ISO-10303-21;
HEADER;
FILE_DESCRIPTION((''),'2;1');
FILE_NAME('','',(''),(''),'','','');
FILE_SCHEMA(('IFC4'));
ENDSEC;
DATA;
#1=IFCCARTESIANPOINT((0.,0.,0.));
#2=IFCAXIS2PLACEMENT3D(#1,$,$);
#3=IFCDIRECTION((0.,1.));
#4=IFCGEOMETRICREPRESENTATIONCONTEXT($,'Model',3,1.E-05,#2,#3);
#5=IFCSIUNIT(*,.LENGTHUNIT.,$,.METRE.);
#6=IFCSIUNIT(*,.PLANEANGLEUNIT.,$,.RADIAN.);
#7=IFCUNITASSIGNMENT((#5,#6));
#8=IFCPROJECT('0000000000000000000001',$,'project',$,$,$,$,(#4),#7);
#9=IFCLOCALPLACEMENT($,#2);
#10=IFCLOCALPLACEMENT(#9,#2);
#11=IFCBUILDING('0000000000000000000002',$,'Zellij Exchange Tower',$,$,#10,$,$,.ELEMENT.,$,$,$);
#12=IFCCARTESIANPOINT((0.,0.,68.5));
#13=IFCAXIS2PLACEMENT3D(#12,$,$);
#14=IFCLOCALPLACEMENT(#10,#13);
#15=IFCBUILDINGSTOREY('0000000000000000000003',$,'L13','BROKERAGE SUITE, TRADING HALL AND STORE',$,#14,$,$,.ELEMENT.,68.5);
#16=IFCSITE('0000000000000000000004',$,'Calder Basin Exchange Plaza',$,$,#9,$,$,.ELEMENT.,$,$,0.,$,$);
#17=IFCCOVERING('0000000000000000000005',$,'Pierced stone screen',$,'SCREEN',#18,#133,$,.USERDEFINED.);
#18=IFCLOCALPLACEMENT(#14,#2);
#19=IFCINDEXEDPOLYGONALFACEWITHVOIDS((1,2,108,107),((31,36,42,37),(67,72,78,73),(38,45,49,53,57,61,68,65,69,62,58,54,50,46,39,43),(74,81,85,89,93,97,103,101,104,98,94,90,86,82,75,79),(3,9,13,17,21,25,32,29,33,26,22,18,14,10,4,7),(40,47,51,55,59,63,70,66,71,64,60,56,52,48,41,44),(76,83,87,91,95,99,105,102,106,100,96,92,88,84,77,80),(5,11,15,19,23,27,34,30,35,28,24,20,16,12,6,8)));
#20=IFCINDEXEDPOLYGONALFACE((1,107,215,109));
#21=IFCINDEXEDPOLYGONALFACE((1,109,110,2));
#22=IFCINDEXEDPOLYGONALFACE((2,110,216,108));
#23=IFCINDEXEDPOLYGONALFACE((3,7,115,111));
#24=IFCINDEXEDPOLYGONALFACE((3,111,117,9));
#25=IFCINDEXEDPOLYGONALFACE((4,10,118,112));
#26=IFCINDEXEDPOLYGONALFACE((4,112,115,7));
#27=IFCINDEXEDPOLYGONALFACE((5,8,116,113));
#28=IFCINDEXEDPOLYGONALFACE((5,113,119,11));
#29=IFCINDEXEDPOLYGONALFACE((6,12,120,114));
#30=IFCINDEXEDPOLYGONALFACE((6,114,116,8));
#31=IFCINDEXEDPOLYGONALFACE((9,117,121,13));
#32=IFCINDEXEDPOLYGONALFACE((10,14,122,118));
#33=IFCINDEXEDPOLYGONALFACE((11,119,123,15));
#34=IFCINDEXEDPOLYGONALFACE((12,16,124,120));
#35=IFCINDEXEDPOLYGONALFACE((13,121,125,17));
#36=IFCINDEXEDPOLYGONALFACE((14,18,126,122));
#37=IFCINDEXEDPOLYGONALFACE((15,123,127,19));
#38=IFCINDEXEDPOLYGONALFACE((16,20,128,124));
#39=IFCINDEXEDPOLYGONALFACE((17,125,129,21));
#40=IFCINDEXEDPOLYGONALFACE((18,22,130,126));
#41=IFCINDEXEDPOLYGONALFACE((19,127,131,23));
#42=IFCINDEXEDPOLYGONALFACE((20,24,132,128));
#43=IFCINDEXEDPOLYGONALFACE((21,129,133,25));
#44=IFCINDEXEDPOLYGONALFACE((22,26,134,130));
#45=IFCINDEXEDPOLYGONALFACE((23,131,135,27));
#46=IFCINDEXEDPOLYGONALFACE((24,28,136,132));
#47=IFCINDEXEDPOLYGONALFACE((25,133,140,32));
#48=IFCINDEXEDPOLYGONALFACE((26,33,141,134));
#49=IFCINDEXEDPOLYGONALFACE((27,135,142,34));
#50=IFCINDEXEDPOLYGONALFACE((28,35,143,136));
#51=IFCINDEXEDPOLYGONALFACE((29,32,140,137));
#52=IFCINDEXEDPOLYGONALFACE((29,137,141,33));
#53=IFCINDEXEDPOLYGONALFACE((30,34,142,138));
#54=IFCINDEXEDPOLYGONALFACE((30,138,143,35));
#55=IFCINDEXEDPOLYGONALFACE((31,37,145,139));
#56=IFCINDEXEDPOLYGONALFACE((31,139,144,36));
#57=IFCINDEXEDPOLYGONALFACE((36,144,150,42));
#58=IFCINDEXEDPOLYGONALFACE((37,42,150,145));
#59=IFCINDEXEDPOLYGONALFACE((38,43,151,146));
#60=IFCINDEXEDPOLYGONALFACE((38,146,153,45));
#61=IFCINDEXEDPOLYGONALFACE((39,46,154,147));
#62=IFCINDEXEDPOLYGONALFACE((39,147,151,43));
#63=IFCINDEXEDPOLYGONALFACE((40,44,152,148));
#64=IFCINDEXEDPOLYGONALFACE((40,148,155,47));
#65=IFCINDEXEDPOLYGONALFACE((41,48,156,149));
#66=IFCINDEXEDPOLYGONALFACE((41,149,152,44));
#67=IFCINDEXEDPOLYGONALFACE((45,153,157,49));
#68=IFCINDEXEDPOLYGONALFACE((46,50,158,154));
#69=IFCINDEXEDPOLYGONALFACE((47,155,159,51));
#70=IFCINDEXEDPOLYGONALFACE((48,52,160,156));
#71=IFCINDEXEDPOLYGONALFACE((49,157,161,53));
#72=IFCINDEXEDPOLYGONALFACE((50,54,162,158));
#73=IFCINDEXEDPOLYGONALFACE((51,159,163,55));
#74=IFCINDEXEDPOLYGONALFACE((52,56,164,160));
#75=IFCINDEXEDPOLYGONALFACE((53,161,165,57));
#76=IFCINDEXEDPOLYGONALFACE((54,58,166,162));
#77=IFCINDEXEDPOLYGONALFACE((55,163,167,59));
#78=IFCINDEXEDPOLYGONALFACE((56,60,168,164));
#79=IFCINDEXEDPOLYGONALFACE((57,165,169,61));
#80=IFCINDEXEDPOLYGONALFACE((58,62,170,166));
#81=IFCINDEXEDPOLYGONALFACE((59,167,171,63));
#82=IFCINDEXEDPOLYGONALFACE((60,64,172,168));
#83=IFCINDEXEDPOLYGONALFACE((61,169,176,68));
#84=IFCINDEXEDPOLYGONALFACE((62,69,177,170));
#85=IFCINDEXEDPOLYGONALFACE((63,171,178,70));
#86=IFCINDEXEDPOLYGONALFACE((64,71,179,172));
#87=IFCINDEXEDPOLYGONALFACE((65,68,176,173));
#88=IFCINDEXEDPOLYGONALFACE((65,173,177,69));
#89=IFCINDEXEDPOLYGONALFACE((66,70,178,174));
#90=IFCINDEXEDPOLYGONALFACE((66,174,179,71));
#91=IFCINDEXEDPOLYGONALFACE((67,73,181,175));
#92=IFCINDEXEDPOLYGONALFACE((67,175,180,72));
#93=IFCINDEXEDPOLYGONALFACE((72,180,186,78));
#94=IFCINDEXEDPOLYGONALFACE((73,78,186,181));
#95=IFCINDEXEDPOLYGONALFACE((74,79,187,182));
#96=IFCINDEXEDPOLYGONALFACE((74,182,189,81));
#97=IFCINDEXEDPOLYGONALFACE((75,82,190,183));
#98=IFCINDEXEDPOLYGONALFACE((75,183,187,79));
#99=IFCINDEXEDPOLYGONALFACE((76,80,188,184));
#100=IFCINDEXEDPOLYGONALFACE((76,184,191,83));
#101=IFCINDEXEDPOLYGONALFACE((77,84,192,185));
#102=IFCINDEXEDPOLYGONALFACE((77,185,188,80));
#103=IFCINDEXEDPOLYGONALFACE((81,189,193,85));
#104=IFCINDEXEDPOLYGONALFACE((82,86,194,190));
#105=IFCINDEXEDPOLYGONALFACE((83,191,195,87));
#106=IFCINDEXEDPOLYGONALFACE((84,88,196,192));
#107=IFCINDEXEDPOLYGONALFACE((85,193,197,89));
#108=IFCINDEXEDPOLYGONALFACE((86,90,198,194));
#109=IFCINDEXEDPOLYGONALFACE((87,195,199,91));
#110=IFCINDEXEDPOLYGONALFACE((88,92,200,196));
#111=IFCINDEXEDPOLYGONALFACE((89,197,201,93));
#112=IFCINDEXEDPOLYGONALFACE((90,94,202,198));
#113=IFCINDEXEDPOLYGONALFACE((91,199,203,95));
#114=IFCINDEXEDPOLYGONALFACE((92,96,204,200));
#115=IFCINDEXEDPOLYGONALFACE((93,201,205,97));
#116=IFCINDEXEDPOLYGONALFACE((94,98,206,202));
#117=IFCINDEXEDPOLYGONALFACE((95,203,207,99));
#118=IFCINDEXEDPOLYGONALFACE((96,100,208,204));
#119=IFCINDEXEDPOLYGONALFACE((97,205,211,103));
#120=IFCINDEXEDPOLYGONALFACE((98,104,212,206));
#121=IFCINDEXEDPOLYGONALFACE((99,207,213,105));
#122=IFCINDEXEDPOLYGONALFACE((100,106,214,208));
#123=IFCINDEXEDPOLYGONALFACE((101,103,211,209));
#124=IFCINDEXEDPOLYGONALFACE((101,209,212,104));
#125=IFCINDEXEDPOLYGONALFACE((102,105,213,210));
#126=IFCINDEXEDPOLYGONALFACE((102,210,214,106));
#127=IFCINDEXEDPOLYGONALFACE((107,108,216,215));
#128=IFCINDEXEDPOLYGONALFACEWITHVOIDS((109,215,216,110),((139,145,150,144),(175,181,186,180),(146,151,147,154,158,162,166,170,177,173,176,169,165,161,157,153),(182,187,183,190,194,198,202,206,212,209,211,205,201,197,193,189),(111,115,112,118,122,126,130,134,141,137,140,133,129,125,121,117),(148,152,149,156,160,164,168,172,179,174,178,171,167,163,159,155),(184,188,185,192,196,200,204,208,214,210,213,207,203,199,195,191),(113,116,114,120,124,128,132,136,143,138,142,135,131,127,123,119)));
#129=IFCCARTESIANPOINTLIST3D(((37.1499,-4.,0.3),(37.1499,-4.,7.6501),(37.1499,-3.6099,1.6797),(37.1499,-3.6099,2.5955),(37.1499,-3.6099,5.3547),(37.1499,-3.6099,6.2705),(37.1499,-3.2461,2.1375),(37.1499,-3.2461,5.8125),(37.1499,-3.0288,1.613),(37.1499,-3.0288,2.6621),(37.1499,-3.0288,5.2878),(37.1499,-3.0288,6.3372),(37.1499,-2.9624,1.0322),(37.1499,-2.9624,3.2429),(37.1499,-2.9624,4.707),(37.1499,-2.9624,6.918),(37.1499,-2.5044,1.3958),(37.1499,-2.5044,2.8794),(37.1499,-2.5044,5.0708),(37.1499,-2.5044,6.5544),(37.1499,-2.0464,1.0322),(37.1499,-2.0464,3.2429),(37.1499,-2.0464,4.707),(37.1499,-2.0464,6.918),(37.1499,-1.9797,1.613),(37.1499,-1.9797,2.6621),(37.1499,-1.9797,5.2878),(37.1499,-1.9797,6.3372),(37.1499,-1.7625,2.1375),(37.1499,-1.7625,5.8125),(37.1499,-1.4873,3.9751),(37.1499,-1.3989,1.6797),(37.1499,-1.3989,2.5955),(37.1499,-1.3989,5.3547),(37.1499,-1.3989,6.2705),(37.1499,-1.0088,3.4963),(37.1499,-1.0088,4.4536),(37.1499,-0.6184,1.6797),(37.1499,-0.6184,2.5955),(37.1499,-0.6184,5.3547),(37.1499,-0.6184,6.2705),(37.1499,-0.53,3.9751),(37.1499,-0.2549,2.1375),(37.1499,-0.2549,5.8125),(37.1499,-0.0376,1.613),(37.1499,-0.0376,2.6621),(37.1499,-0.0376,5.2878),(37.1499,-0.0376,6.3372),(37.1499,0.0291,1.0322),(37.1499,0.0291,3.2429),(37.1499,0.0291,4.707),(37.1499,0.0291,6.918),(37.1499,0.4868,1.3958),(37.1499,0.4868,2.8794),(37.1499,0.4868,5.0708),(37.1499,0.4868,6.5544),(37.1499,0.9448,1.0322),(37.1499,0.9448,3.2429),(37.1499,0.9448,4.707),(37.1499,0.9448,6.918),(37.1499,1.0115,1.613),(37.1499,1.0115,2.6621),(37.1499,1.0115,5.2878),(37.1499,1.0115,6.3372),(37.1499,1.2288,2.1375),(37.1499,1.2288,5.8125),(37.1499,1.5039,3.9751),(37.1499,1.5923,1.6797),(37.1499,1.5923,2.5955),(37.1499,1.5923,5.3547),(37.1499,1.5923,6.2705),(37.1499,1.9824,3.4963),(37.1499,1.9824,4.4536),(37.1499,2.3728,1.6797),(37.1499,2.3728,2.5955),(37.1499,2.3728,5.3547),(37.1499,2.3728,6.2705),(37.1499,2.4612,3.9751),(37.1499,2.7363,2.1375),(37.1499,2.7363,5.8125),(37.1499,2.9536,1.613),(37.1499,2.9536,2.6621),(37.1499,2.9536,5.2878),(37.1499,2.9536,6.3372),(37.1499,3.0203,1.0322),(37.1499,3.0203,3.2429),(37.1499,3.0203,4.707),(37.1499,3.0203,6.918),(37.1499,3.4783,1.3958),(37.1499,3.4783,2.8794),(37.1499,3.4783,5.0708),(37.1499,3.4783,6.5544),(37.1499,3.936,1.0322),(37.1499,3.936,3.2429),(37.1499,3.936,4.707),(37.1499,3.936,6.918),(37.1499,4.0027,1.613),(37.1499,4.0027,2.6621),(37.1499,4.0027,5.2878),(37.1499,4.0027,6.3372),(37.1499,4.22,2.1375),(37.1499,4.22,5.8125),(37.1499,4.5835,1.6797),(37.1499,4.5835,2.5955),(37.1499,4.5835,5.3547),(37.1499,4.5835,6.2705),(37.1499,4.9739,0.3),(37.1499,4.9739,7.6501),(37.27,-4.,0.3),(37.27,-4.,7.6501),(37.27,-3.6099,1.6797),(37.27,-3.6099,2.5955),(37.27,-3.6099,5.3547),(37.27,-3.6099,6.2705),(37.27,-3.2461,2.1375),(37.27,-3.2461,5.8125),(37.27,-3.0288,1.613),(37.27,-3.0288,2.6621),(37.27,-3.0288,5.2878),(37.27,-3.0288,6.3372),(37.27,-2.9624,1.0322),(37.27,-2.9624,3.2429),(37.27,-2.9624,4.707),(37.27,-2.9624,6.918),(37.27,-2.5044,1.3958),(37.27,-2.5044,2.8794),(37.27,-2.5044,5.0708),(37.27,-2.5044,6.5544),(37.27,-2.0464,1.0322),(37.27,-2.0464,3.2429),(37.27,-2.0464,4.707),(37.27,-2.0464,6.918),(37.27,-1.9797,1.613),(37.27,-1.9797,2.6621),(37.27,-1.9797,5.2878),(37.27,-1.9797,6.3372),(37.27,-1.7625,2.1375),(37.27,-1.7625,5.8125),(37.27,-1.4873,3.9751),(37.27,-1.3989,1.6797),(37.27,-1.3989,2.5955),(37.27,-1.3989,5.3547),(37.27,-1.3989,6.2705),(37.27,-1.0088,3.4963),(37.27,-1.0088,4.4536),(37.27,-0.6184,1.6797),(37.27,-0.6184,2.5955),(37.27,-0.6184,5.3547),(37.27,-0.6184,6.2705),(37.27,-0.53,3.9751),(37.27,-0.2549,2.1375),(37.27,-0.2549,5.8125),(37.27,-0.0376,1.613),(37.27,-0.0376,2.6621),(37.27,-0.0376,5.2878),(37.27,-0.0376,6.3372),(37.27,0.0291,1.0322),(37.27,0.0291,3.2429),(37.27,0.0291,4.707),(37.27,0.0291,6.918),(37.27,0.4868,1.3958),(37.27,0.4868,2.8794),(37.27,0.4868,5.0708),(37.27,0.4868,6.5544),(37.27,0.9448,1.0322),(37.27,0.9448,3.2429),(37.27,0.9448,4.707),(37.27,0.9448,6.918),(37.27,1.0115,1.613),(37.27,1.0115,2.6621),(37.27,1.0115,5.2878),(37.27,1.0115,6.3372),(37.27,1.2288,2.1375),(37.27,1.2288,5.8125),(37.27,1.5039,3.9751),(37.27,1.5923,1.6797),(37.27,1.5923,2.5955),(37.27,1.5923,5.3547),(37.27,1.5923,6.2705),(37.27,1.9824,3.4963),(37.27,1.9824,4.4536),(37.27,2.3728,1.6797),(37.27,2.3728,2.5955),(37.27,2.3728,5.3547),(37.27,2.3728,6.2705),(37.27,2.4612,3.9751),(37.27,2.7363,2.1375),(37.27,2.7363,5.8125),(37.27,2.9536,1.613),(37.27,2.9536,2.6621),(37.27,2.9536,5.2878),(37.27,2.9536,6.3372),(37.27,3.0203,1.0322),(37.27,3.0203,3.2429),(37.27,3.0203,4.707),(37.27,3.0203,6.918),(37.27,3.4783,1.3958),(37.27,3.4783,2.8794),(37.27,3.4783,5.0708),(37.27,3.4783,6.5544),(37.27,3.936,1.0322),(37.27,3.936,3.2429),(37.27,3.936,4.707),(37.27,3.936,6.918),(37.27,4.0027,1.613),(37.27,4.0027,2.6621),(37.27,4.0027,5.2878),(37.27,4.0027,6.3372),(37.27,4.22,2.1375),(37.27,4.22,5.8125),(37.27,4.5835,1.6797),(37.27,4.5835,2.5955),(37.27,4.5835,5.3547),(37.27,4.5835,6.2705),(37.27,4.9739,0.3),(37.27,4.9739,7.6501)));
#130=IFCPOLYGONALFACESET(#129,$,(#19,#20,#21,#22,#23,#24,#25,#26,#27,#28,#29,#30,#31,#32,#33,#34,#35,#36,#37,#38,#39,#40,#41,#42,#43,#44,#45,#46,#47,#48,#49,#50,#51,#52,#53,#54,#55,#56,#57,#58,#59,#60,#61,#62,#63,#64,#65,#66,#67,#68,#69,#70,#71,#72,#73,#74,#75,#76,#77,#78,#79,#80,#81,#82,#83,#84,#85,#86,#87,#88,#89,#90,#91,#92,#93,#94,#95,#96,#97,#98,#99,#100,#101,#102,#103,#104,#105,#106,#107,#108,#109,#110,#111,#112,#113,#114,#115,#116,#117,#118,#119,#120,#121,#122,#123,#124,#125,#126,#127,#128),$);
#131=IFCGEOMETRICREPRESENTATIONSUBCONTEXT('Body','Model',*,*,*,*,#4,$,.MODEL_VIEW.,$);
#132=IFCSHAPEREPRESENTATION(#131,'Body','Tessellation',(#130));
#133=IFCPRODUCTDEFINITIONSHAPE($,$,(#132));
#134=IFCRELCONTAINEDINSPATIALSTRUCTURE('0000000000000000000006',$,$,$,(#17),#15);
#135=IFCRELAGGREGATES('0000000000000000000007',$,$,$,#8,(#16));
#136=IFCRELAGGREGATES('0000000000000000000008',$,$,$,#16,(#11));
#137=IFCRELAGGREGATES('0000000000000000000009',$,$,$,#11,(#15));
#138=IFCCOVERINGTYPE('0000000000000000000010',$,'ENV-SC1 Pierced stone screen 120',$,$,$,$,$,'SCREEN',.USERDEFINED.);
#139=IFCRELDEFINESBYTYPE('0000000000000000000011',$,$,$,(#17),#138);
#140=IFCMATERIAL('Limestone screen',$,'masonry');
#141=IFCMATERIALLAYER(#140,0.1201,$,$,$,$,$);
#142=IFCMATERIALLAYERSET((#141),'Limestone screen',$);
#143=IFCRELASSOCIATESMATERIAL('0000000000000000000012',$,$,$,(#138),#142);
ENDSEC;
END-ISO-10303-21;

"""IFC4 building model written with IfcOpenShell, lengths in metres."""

from ifc_helpers import new_model, si_unit, direction, frame, origin, place, context, subcontext, project, spatial, polyline, outline, extrude, material, layer, layer_set, type_object, element, save


model = new_model("IFC4")

# Units and contexts
model_context = context("Model", 3, precision=1e-05, world=origin(), true_north=direction((0.0, 1.0)))
body_context = subcontext(model_context, "Body", "Model", "MODEL_VIEW")
ifc_project = project(units=[si_unit("LENGTHUNIT", "METRE"), si_unit("PLANEANGLEUNIT", "RADIAN")], contexts=[model_context])

# Site, building, storey
site_placement = place(None, origin())
site = spatial("IfcSite", under=ifc_project, at=site_placement, Name="Calder Basin Exchange Plaza", CompositionType="ELEMENT", RefElevation=0.0)
building_placement = place(site_placement, origin())
building = spatial("IfcBuilding", under=site, at=building_placement, Name="Zellij Exchange Tower", CompositionType="ELEMENT")
storey_placement = place(building_placement, frame((0.0, 0.0, 68.5)))
storey = spatial("IfcBuildingStorey", under=building, at=storey_placement, Name="L13", Description="BROKERAGE SUITE, TRADING HALL AND STORE", CompositionType="ELEMENT", Elevation=68.5)

# Covering
ifc_material_1 = material(Name="Limestone screen", Category="masonry")
ifc_layer_1 = layer(ifc_material_1, 0.1201)
ifc_layer_set_1 = layer_set([ifc_layer_1], Name="Limestone screen")
covering_type = type_object("IfcCoveringType", Name="ENV-SC1 Pierced stone screen 120", ElementType="SCREEN", PredefinedType="USERDEFINED", material=ifc_layer_set_1)
covering_1_placement = place(storey_placement, frame((37.21, -4.0, 0.3), z_axis=(0.0, 0.0, 1.0), x_axis=(0.0, 1.0, 0.0)))
element("IfcCovering", 1, at=covering_1_placement, inside=storey, type_object=covering_type, Name="Pierced stone screen", ObjectType="SCREEN", PredefinedType="USERDEFINED", context=body_context, shape_type="SweptSolid", body=[
    extrude(outline(polyline([(0.0, 0.0), (8.9739, 0.0), (8.9739, 7.3501), (0.0, 7.3501), (0.0, 0.0)]), holes=[polyline([(2.6011, 2.2954), (2.0203, 2.3621), (1.9536, 2.9429), (1.4956, 2.5793), (1.0376, 2.9429), (0.9712, 2.3621), (0.3901, 2.2954), (0.7539, 1.8374), (0.3901, 1.3796), (0.9712, 1.313), (1.0376, 0.7322), (1.4956, 1.0957), (1.9536, 0.7322), (2.0203, 1.313), (2.6011, 1.3796), (2.2375, 1.8374), (2.6011, 2.2954)]), polyline([(2.6011, 5.9705), (2.0203, 6.0371), (1.9536, 6.6179), (1.4956, 6.2544), (1.0376, 6.6179), (0.9712, 6.0371), (0.3901, 5.9705), (0.7539, 5.5125), (0.3901, 5.0547), (0.9712, 4.9878), (1.0376, 4.407), (1.4956, 4.7708), (1.9536, 4.407), (2.0203, 4.9878), (2.6011, 5.0547), (2.2375, 5.5125), (2.6011, 5.9705)]), polyline([(5.5923, 2.2954), (5.0115, 2.3621), (4.9448, 2.9429), (4.4868, 2.5793), (4.0291, 2.9429), (3.9624, 2.3621), (3.3816, 2.2954), (3.7451, 1.8374), (3.3816, 1.3796), (3.9624, 1.313), (4.0291, 0.7322), (4.4868, 1.0957), (4.9448, 0.7322), (5.0115, 1.313), (5.5923, 1.3796), (5.2288, 1.8374), (5.5923, 2.2954)]), polyline([(5.5923, 5.9705), (5.0115, 6.0371), (4.9448, 6.6179), (4.4868, 6.2544), (4.0291, 6.6179), (3.9624, 6.0371), (3.3816, 5.9705), (3.7451, 5.5125), (3.3816, 5.0547), (3.9624, 4.9878), (4.0291, 4.407), (4.4868, 4.7708), (4.9448, 4.407), (5.0115, 4.9878), (5.5923, 5.0547), (5.2288, 5.5125), (5.5923, 5.9705)]), polyline([(8.5835, 2.2954), (8.0027, 2.3621), (7.936, 2.9429), (7.4783, 2.5793), (7.0203, 2.9429), (6.9536, 2.3621), (6.3728, 2.2954), (6.7363, 1.8374), (6.3728, 1.3796), (6.9536, 1.313), (7.0203, 0.7322), (7.4783, 1.0957), (7.936, 0.7322), (8.0027, 1.313), (8.5835, 1.3796), (8.22, 1.8374), (8.5835, 2.2954)]), polyline([(8.5835, 5.9705), (8.0027, 6.0371), (7.936, 6.6179), (7.4783, 6.2544), (7.0203, 6.6179), (6.9536, 6.0371), (6.3728, 5.9705), (6.7363, 5.5125), (6.3728, 5.0547), (6.9536, 4.9878), (7.0203, 4.407), (7.4783, 4.7708), (7.936, 4.407), (8.0027, 4.9878), (8.5835, 5.0547), (8.22, 5.5125), (8.5835, 5.9705)]), polyline([(3.47, 3.675), (2.9912, 4.1536), (2.5127, 3.675), (2.9912, 3.1963), (3.47, 3.675)]), polyline([(6.4612, 3.675), (5.9824, 4.1536), (5.5039, 3.675), (5.9824, 3.1963), (6.4612, 3.675)])]), frame((0.0, 0.0601, 0.0), z_axis=(0.0, -1.0, 0.0), x_axis=(1.0, 0.0, 0.0)), (0.0, 0.0, 1.0), 0.1201),
])

save(model, "model.ifc")
